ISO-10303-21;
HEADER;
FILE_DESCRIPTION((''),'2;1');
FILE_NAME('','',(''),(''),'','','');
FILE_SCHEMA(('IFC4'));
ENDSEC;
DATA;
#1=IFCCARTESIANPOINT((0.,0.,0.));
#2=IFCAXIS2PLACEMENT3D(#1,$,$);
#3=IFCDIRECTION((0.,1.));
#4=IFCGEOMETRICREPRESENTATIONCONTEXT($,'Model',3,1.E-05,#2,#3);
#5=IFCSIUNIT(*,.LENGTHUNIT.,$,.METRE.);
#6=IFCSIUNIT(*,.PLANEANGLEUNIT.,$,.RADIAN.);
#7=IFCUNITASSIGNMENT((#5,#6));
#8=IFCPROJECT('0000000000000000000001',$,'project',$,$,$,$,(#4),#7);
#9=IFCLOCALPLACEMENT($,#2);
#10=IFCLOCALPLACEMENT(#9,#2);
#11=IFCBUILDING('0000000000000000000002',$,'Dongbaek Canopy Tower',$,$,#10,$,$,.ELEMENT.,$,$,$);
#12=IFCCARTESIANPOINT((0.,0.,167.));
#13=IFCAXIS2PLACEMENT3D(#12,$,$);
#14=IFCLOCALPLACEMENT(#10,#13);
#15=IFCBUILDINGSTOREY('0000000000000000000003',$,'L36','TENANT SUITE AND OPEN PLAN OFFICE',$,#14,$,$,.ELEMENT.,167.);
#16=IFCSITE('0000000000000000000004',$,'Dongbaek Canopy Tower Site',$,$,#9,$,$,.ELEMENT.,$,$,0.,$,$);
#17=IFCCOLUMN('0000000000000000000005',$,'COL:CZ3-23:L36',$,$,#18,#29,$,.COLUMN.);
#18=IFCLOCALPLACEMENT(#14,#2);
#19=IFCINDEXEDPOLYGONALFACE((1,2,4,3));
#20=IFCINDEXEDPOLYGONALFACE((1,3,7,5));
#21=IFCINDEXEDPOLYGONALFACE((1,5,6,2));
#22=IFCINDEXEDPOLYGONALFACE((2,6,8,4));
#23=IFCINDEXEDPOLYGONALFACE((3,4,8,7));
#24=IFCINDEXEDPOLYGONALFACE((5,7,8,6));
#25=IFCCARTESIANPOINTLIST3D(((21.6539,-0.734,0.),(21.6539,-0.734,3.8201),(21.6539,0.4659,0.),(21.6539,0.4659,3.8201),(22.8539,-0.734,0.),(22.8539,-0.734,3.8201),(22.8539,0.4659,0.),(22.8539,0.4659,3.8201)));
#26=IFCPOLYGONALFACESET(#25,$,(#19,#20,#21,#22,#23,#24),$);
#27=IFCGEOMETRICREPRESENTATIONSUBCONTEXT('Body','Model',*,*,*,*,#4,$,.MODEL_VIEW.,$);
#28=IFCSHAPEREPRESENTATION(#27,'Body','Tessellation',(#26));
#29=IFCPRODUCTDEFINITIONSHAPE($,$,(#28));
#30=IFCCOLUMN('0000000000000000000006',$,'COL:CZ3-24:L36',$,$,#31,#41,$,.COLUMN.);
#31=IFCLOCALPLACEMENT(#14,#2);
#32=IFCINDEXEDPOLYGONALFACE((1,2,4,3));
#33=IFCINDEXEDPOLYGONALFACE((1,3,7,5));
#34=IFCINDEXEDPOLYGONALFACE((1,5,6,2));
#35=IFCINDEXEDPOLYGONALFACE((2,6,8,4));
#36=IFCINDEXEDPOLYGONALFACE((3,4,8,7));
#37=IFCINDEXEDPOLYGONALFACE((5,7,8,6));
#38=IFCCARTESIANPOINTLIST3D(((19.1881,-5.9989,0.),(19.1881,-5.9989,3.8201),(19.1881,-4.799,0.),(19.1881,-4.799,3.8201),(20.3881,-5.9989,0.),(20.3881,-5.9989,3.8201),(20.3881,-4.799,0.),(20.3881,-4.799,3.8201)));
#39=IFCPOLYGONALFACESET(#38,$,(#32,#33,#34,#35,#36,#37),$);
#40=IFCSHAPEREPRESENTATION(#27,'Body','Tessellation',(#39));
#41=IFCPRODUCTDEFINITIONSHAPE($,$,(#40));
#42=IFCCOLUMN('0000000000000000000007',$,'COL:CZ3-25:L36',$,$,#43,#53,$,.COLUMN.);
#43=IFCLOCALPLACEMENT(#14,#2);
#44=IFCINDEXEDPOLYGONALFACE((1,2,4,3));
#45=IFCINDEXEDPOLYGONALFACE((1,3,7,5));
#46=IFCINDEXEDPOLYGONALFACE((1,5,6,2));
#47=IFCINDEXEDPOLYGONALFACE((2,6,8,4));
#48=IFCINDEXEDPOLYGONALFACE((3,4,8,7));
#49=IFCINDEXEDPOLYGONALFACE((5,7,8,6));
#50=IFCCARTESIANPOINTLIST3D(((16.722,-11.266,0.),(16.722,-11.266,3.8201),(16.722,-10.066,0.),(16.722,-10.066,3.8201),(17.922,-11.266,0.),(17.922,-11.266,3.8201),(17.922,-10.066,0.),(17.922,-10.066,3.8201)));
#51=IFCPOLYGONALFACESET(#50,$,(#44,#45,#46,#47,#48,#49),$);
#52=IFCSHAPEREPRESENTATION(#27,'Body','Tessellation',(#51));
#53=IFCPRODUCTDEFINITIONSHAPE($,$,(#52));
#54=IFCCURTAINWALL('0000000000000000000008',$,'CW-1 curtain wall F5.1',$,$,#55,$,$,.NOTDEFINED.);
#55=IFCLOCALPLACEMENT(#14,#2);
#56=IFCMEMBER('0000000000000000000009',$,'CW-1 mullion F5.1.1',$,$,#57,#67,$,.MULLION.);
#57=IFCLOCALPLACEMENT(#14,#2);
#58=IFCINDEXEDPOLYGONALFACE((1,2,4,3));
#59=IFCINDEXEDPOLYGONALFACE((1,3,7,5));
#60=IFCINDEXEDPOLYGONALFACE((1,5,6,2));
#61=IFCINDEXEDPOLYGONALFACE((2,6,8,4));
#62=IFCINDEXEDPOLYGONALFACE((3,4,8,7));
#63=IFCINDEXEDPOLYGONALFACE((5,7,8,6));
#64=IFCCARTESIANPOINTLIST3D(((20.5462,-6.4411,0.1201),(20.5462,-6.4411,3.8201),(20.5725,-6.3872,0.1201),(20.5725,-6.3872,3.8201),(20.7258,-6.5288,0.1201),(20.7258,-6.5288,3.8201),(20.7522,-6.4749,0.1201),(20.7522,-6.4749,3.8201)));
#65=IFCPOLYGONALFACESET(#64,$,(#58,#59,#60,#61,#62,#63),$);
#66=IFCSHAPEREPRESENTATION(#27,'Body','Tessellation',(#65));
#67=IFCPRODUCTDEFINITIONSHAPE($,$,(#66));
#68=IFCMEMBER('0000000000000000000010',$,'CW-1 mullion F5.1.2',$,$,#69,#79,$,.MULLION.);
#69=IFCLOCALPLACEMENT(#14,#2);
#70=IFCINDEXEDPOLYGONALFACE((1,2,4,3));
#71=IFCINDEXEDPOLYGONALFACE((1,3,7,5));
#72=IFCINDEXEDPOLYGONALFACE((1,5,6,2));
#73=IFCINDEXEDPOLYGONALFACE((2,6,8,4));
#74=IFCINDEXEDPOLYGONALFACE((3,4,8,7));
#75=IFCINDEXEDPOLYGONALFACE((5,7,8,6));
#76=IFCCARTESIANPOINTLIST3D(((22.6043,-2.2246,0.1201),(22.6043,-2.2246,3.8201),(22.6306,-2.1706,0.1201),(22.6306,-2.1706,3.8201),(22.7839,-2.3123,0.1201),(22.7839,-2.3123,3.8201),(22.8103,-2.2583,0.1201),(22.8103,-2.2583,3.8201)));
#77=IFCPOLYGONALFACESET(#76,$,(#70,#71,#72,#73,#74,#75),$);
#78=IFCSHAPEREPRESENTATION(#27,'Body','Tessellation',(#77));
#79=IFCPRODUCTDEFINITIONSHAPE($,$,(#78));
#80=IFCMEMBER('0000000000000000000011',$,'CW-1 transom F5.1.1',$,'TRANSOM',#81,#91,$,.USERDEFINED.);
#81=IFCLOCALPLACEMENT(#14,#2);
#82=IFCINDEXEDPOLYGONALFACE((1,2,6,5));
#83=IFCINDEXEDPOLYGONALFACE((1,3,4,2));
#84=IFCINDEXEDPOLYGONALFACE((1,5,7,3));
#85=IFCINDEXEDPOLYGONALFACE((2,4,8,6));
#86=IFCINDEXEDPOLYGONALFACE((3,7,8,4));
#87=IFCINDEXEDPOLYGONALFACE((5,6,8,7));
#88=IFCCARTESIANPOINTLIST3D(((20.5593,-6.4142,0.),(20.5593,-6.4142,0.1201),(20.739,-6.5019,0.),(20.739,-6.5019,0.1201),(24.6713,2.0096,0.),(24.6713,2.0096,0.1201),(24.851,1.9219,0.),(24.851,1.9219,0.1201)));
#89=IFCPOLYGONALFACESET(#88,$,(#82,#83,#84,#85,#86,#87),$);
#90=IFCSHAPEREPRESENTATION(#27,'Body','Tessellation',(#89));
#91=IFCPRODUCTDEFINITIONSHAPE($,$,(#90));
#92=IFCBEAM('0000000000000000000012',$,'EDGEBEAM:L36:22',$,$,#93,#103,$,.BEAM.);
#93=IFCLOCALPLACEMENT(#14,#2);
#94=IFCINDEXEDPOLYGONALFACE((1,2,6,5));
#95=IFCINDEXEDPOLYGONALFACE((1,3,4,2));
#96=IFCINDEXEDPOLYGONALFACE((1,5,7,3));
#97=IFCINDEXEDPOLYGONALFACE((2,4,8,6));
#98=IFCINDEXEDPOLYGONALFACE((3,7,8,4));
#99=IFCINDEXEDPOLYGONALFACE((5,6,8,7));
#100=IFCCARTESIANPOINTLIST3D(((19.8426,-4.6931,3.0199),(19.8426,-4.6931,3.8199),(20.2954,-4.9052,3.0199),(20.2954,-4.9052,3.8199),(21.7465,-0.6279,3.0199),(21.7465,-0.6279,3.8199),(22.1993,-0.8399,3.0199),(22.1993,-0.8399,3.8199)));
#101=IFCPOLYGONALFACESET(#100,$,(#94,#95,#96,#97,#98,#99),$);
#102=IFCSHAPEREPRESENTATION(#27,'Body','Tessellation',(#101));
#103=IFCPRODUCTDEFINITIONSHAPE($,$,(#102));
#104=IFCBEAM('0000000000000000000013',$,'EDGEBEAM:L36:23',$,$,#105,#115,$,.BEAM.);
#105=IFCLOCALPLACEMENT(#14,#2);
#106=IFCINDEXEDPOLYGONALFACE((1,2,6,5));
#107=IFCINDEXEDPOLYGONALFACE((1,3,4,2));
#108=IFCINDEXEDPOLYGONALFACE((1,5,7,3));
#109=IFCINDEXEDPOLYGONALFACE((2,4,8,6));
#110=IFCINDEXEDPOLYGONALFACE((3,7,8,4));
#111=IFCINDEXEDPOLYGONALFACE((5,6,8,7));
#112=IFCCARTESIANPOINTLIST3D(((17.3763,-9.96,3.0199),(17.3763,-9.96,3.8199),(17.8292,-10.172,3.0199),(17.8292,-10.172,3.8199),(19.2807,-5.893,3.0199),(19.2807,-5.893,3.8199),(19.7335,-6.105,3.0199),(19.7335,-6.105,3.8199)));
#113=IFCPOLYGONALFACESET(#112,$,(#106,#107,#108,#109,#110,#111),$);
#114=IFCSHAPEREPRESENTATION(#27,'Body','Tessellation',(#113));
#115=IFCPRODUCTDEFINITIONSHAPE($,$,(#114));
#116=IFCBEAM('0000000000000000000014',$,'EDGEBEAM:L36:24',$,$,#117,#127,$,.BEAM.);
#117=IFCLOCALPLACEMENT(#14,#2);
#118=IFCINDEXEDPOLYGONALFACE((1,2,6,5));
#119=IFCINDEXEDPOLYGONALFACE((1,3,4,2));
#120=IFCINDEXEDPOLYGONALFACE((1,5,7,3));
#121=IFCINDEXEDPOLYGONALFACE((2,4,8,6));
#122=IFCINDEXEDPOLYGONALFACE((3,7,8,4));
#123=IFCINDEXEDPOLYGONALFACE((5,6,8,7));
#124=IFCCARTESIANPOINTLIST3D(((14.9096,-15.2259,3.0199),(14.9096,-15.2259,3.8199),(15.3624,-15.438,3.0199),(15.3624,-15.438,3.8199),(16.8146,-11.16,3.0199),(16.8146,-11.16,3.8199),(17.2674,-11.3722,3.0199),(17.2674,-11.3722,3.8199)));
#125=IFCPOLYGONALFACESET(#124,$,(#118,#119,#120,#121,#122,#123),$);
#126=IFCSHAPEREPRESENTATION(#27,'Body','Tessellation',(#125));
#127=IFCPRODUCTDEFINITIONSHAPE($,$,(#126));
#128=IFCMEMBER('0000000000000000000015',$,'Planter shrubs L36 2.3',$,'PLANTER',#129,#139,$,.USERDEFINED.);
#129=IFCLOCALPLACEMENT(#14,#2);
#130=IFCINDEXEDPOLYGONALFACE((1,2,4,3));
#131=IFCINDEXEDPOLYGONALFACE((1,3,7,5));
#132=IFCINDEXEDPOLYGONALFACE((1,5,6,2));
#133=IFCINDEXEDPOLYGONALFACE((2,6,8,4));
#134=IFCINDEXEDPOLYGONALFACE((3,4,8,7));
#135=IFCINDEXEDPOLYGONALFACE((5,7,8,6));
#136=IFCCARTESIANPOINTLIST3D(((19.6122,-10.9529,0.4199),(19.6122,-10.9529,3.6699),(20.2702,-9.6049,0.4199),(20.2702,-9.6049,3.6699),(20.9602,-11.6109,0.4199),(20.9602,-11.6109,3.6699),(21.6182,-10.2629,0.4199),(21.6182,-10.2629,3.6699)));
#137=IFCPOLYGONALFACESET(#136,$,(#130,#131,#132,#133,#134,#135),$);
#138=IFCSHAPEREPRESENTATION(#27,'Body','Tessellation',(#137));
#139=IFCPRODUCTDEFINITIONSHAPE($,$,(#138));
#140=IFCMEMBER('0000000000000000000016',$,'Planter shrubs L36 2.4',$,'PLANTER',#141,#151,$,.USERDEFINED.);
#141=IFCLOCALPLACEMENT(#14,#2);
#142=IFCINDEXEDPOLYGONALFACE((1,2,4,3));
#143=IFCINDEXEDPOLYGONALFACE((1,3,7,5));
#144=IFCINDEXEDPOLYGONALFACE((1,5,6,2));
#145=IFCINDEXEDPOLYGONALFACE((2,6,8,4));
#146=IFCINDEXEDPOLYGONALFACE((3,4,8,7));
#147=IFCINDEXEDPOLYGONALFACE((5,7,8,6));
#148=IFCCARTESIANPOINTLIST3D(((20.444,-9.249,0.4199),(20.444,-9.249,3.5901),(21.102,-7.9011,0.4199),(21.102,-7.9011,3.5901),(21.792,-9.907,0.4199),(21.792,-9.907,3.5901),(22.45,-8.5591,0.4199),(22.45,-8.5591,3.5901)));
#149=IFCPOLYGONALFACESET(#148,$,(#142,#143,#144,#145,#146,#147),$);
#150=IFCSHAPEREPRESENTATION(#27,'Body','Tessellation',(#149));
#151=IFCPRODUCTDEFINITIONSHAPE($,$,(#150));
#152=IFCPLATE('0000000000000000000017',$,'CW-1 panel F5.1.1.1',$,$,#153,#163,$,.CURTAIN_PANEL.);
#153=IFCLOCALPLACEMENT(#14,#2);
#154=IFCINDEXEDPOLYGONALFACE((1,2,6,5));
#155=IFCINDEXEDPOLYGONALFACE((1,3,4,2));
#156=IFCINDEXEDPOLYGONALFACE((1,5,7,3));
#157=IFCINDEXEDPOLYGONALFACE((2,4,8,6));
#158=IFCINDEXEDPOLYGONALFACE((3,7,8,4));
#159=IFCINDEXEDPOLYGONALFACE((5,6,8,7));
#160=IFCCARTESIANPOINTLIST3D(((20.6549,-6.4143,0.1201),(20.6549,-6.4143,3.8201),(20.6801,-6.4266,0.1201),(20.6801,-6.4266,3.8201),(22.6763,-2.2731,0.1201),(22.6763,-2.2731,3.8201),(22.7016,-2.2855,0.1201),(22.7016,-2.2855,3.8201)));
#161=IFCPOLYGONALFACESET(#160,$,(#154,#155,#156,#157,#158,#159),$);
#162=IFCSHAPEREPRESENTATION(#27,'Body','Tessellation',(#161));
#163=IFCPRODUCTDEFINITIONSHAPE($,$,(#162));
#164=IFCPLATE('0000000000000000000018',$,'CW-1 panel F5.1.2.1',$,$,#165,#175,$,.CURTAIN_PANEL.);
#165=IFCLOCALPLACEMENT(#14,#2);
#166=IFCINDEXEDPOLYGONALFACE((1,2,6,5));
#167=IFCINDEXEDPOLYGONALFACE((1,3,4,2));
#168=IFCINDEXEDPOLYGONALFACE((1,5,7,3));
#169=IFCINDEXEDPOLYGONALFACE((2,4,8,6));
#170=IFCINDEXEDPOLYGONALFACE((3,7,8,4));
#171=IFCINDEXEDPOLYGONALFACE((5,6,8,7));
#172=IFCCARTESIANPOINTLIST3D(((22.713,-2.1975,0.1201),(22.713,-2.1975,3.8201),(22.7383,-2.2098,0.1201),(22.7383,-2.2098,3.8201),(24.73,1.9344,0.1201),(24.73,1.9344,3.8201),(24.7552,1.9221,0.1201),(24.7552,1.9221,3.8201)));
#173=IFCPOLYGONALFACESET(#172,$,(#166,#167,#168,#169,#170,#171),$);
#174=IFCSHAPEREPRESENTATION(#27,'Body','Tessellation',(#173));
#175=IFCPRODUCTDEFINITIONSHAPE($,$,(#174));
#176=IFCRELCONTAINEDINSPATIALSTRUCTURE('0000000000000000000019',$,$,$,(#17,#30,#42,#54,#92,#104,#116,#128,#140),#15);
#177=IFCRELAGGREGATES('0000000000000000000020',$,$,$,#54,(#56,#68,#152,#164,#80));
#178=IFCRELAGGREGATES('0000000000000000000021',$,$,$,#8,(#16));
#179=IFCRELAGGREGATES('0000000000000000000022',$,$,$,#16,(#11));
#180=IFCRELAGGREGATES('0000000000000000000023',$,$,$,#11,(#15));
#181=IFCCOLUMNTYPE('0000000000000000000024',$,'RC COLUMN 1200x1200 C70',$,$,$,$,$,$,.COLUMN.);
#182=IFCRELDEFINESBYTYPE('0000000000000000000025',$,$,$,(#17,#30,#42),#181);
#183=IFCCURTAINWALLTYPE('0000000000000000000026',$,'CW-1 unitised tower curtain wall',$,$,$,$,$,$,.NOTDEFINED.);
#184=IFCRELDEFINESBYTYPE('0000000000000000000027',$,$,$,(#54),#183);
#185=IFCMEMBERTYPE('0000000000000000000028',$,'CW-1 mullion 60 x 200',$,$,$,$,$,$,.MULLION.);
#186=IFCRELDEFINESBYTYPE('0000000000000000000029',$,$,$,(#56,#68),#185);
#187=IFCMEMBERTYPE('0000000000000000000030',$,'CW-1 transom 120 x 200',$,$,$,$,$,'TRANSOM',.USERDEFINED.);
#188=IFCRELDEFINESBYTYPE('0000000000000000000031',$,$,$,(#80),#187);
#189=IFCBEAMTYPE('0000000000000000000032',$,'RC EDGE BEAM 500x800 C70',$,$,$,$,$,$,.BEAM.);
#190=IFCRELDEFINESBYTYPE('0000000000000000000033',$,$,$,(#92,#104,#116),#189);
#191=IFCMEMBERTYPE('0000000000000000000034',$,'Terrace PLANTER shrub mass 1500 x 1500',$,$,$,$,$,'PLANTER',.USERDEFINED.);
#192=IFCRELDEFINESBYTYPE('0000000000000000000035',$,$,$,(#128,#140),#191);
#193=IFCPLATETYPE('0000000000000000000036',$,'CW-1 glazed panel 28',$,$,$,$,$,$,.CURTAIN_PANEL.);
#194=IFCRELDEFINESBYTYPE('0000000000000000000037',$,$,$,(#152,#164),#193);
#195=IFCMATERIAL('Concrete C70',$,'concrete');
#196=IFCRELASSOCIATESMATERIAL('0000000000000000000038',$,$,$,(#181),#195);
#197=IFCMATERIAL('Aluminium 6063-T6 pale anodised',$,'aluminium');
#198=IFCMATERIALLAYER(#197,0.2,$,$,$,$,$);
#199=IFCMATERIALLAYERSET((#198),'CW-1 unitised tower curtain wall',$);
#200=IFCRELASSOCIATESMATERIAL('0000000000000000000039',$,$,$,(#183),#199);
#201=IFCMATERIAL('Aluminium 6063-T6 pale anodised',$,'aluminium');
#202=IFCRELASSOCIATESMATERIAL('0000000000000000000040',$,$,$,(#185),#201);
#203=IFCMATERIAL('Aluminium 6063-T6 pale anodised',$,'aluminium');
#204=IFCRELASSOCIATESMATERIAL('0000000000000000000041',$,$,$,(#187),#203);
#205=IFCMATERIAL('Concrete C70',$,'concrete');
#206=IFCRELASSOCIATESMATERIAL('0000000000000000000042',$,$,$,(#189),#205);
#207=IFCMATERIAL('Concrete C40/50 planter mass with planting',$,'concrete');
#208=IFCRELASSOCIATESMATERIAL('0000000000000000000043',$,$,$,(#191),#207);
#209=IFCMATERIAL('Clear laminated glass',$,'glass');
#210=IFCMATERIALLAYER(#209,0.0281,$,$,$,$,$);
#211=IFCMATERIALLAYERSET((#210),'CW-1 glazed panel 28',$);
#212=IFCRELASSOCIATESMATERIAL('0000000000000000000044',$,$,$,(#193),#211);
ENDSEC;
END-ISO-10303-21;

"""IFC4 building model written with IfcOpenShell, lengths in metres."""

from ifc_helpers import new_model, si_unit, direction, frame, origin, origin_2d, place, context, subcontext, project, spatial, rectangle, extrude, material, layer, layer_set, material_profile, profile_set, type_object, element, aggregate, save


model = new_model("IFC4")

# Units and contexts
model_context = context("Model", 3, precision=1e-05, world=origin(), true_north=direction((0.0, 1.0)))
body_context = subcontext(model_context, "Body", "Model", "MODEL_VIEW")
ifc_project = project(units=[si_unit("LENGTHUNIT", "METRE"), si_unit("PLANEANGLEUNIT", "RADIAN")], contexts=[model_context])

# Site, building, storey
site_placement = place(None, origin())
site = spatial("IfcSite", under=ifc_project, at=site_placement, Name="Dongbaek Canopy Tower Site", CompositionType="ELEMENT", RefElevation=0.0)
building_placement = place(site_placement, origin())
building = spatial("IfcBuilding", under=site, at=building_placement, Name="Dongbaek Canopy Tower", CompositionType="ELEMENT")
storey_placement = place(building_placement, frame((0.0, 0.0, 167.0)))
storey = spatial("IfcBuildingStorey", under=building, at=storey_placement, Name="L36", Description="TENANT SUITE AND OPEN PLAN OFFICE", CompositionType="ELEMENT", Elevation=167.0)

# Columns
ifc_material_1 = material(Name="Concrete C70", Category="concrete")
ifc_material_profile_1 = material_profile(ifc_material_1, rectangle(XDim=1.2, YDim=1.2, at=origin_2d()), Name="RC COLUMN 1200x1200 C70")
ifc_profile_set_1 = profile_set([ifc_material_profile_1], Name="Concrete C70")
column_type = type_object("IfcColumnType", Name="RC COLUMN 1200x1200 C70", PredefinedType="COLUMN", material=ifc_profile_set_1)
for number, where, z_axis, x_axis, name in (
    (1, (22.2539, -0.134, 0.0), (0.0, 0.0, 1.0), (1.0, 0.0, 0.0), "COL:CZ3-23:L36"),
    (2, (19.7881, -5.3989, 0.0), (0.0, 0.0, 1.0), (1.0, 0.0, 0.0), "COL:CZ3-24:L36"),
    (3, (17.322, -10.666, 0.0), (0.0, 0.0, 1.0), (1.0, 0.0, 0.0), "COL:CZ3-25:L36"),
):
    element("IfcColumn", number, at=place(storey_placement, frame(where, z_axis=z_axis, x_axis=x_axis)), inside=storey, type_object=column_type, Name=name, PredefinedType="COLUMN", context=body_context, shape_type="SweptSolid", body=[
        extrude(rectangle(XDim=1.2, YDim=1.2, at=origin_2d()), origin(), (0.0, 0.0, 1.0), 3.8201),
    ])

# Curtain wall, members
ifc_material_2 = material(Name="Aluminium 6063-T6 pale anodised", Category="aluminium")
ifc_layer_1 = layer(ifc_material_2, 0.2)
ifc_layer_set_1 = layer_set([ifc_layer_1], Name="CW-1 unitised tower curtain wall")
curtain_wall_type = type_object("IfcCurtainWallType", Name="CW-1 unitised tower curtain wall", PredefinedType="NOTDEFINED", material=ifc_layer_set_1)
curtain_wall_placement = place(storey_placement, origin())
curtain_wall = element("IfcCurtainWall", 4, at=curtain_wall_placement, inside=storey, type_object=curtain_wall_type, Name="CW-1 curtain wall F5.1", PredefinedType="NOTDEFINED")
ifc_material_3 = material(Name="Aluminium 6063-T6 pale anodised", Category="aluminium")
ifc_material_profile_2 = material_profile(ifc_material_3, rectangle(XDim=0.2, YDim=0.0601, at=origin_2d()), Name="CW-1 mullion 60 x 200")
ifc_profile_set_2 = profile_set([ifc_material_profile_2], Name="Aluminium 6063-T6 pale anodised")
member_type_1 = type_object("IfcMemberType", Name="CW-1 mullion 60 x 200", PredefinedType="MULLION", material=ifc_profile_set_2)
member_1_placement = place(storey_placement, frame((20.6492, -6.458, 0.1201), z_axis=(0.0, 0.0, 1.0), x_axis=(0.898651, -0.438665, 0.0)))
member_1 = element("IfcMember", 5, at=member_1_placement, type_object=member_type_1, Name="CW-1 mullion F5.1.1", PredefinedType="MULLION", context=body_context, shape_type="SweptSolid", body=[
    extrude(rectangle(XDim=0.2, YDim=0.0601, at=origin_2d()), origin(), (0.0, 0.0, 1.0), 3.7),
])
member_2_placement = place(storey_placement, frame((22.7073, -2.2415, 0.1201), z_axis=(0.0, 0.0, 1.0), x_axis=(0.898651, -0.438665, 0.0)))
member_2 = element("IfcMember", 6, at=member_2_placement, type_object=member_type_1, Name="CW-1 mullion F5.1.2", PredefinedType="MULLION", context=body_context, shape_type="SweptSolid", body=[
    extrude(rectangle(XDim=0.2, YDim=0.0601, at=origin_2d()), origin(), (0.0, 0.0, 1.0), 3.7),
])
ifc_material_4 = material(Name="Aluminium 6063-T6 pale anodised", Category="aluminium")
ifc_material_profile_3 = material_profile(ifc_material_4, rectangle(XDim=0.2, YDim=0.1201, at=origin_2d()), Name="CW-1 transom 120 x 200")
ifc_profile_set_3 = profile_set([ifc_material_profile_3], Name="Aluminium 6063-T6 pale anodised")
member_type_2 = type_object("IfcMemberType", Name="CW-1 transom 120 x 200", ElementType="TRANSOM", PredefinedType="USERDEFINED", material=ifc_profile_set_3)
member_3_placement = place(storey_placement, frame((20.6492, -6.458, 0.0601), z_axis=(0.438671, 0.898648, 0.0), x_axis=(-0.898648, 0.438671, 0.0)))
member_3 = element("IfcMember", 7, at=member_3_placement, type_object=member_type_2, Name="CW-1 transom F5.1.1", ObjectType="TRANSOM", PredefinedType="USERDEFINED", context=body_context, shape_type="SweptSolid", body=[
    extrude(rectangle(XDim=0.2, YDim=0.1201, at=origin_2d()), origin(), (0.0, 0.0, 1.0), 9.3738),
])

# Beams
ifc_material_5 = material(Name="Concrete C70", Category="concrete")
ifc_material_profile_4 = material_profile(ifc_material_5, rectangle(XDim=0.5, YDim=0.8, at=origin_2d()), Name="RC EDGE BEAM 500x800 C70")
ifc_profile_set_4 = profile_set([ifc_material_profile_4], Name="Concrete C70")
beam_type = type_object("IfcBeamType", Name="RC EDGE BEAM 500x800 C70", PredefinedType="BEAM", material=ifc_profile_set_4)
beam_1_placement = place(storey_placement, frame((21.9729, -0.7339, 3.4199), z_axis=(-0.424115, -0.905608, 0.0), x_axis=(0.905608, -0.424115, 0.0)))
element("IfcBeam", 8, at=beam_1_placement, inside=storey, type_object=beam_type, Name="EDGEBEAM:L36:22", PredefinedType="BEAM", context=body_context, shape_type="SweptSolid", body=[
    extrude(rectangle(XDim=0.5, YDim=0.8, at=origin_2d()), origin(), (0.0, 0.0, 1.0), 4.489),
])
beam_2_placement = place(storey_placement, frame((19.5071, -5.999, 3.4199), z_axis=(-0.424058, -0.905635, 0.0), x_axis=(0.905635, -0.424058, 0.0)))
element("IfcBeam", 9, at=beam_2_placement, inside=storey, type_object=beam_type, Name="EDGEBEAM:L36:23", PredefinedType="BEAM", context=body_context, shape_type="SweptSolid", body=[
    extrude(rectangle(XDim=0.5, YDim=0.8, at=origin_2d()), origin(), (0.0, 0.0, 1.0), 4.4907),
])
beam_3_placement = place(storey_placement, frame((17.041, -11.2661, 3.4199), z_axis=(-0.424275, -0.905533, 0.0), x_axis=(0.905533, -0.424275, 0.0)))
element("IfcBeam", 10, at=beam_3_placement, inside=storey, type_object=beam_type, Name="EDGEBEAM:L36:24", PredefinedType="BEAM", context=body_context, shape_type="SweptSolid", body=[
    extrude(rectangle(XDim=0.5, YDim=0.8, at=origin_2d()), origin(), (0.0, 0.0, 1.0), 4.49),
])

# Members
ifc_material_6 = material(Name="Concrete C40/50 planter mass with planting", Category="concrete")
ifc_material_profile_5 = material_profile(ifc_material_6, rectangle(XDim=1.5, YDim=1.5, at=origin_2d()), Name="Terrace PLANTER shrub mass 1500 x 1500")
ifc_profile_set_5 = profile_set([ifc_material_profile_5], Name="Concrete C40/50 planter mass with planting")
member_type_3 = type_object("IfcMemberType", Name="Terrace PLANTER shrub mass 1500 x 1500", ElementType="PLANTER", PredefinedType="USERDEFINED", material=ifc_profile_set_5)
member_4_placement = place(storey_placement, frame((20.6152, -10.6079, 0.4199), z_axis=(0.0, 0.0, 1.0), x_axis=(0.898651, -0.438665, 0.0)))
element("IfcMember", 11, at=member_4_placement, inside=storey, type_object=member_type_3, Name="Planter shrubs L36 2.3", ObjectType="PLANTER", PredefinedType="USERDEFINED", context=body_context, shape_type="SweptSolid", body=[
    extrude(rectangle(XDim=1.5, YDim=1.5, at=origin_2d()), origin(), (0.0, 0.0, 1.0), 3.25),
])
member_5_placement = place(storey_placement, frame((21.447, -8.9041, 0.4199), z_axis=(0.0, 0.0, 1.0), x_axis=(0.898651, -0.438665, 0.0)))
element("IfcMember", 12, at=member_5_placement, inside=storey, type_object=member_type_3, Name="Planter shrubs L36 2.4", ObjectType="PLANTER", PredefinedType="USERDEFINED", context=body_context, shape_type="SweptSolid", body=[
    extrude(rectangle(XDim=1.5, YDim=1.5, at=origin_2d()), origin(), (0.0, 0.0, 1.0), 3.1702),
])

# Plates
ifc_material_7 = material(Name="Clear laminated glass", Category="glass")
ifc_layer_2 = layer(ifc_material_7, 0.0281)
ifc_layer_set_2 = layer_set([ifc_layer_2], Name="CW-1 glazed panel 28")
plate_type = type_object("IfcPlateType", Name="CW-1 glazed panel 28", PredefinedType="CURTAIN_PANEL", material=ifc_layer_set_2)
plate_1_placement = place(storey_placement, frame((21.6782, -4.3499, 0.1201), z_axis=(0.0, 0.0, 1.0), x_axis=(0.438665, 0.898651, 0.0)))
plate_1 = element("IfcPlate", 13, at=plate_1_placement, type_object=plate_type, Name="CW-1 panel F5.1.1.1", PredefinedType="CURTAIN_PANEL", context=body_context, shape_type="SweptSolid", body=[
    extrude(rectangle(XDim=4.6082, YDim=0.0281, at=origin_2d()), origin(), (0.0, 0.0, 1.0), 3.7),
])
plate_2_placement = place(storey_placement, frame((23.7341, -0.1377, 0.1201), z_axis=(0.0, 0.0, 1.0), x_axis=(0.438665, 0.898651, 0.0)))
plate_2 = element("IfcPlate", 14, at=plate_2_placement, type_object=plate_type, Name="CW-1 panel F5.1.2.1", PredefinedType="CURTAIN_PANEL", context=body_context, shape_type="SweptSolid", body=[
    extrude(rectangle(XDim=4.5979, YDim=0.0281, at=origin_2d()), origin(), (0.0, 0.0, 1.0), 3.7),
])

aggregate(curtain_wall, [member_1, member_2, plate_1, plate_2, member_3])

save(model, "model.ifc")
